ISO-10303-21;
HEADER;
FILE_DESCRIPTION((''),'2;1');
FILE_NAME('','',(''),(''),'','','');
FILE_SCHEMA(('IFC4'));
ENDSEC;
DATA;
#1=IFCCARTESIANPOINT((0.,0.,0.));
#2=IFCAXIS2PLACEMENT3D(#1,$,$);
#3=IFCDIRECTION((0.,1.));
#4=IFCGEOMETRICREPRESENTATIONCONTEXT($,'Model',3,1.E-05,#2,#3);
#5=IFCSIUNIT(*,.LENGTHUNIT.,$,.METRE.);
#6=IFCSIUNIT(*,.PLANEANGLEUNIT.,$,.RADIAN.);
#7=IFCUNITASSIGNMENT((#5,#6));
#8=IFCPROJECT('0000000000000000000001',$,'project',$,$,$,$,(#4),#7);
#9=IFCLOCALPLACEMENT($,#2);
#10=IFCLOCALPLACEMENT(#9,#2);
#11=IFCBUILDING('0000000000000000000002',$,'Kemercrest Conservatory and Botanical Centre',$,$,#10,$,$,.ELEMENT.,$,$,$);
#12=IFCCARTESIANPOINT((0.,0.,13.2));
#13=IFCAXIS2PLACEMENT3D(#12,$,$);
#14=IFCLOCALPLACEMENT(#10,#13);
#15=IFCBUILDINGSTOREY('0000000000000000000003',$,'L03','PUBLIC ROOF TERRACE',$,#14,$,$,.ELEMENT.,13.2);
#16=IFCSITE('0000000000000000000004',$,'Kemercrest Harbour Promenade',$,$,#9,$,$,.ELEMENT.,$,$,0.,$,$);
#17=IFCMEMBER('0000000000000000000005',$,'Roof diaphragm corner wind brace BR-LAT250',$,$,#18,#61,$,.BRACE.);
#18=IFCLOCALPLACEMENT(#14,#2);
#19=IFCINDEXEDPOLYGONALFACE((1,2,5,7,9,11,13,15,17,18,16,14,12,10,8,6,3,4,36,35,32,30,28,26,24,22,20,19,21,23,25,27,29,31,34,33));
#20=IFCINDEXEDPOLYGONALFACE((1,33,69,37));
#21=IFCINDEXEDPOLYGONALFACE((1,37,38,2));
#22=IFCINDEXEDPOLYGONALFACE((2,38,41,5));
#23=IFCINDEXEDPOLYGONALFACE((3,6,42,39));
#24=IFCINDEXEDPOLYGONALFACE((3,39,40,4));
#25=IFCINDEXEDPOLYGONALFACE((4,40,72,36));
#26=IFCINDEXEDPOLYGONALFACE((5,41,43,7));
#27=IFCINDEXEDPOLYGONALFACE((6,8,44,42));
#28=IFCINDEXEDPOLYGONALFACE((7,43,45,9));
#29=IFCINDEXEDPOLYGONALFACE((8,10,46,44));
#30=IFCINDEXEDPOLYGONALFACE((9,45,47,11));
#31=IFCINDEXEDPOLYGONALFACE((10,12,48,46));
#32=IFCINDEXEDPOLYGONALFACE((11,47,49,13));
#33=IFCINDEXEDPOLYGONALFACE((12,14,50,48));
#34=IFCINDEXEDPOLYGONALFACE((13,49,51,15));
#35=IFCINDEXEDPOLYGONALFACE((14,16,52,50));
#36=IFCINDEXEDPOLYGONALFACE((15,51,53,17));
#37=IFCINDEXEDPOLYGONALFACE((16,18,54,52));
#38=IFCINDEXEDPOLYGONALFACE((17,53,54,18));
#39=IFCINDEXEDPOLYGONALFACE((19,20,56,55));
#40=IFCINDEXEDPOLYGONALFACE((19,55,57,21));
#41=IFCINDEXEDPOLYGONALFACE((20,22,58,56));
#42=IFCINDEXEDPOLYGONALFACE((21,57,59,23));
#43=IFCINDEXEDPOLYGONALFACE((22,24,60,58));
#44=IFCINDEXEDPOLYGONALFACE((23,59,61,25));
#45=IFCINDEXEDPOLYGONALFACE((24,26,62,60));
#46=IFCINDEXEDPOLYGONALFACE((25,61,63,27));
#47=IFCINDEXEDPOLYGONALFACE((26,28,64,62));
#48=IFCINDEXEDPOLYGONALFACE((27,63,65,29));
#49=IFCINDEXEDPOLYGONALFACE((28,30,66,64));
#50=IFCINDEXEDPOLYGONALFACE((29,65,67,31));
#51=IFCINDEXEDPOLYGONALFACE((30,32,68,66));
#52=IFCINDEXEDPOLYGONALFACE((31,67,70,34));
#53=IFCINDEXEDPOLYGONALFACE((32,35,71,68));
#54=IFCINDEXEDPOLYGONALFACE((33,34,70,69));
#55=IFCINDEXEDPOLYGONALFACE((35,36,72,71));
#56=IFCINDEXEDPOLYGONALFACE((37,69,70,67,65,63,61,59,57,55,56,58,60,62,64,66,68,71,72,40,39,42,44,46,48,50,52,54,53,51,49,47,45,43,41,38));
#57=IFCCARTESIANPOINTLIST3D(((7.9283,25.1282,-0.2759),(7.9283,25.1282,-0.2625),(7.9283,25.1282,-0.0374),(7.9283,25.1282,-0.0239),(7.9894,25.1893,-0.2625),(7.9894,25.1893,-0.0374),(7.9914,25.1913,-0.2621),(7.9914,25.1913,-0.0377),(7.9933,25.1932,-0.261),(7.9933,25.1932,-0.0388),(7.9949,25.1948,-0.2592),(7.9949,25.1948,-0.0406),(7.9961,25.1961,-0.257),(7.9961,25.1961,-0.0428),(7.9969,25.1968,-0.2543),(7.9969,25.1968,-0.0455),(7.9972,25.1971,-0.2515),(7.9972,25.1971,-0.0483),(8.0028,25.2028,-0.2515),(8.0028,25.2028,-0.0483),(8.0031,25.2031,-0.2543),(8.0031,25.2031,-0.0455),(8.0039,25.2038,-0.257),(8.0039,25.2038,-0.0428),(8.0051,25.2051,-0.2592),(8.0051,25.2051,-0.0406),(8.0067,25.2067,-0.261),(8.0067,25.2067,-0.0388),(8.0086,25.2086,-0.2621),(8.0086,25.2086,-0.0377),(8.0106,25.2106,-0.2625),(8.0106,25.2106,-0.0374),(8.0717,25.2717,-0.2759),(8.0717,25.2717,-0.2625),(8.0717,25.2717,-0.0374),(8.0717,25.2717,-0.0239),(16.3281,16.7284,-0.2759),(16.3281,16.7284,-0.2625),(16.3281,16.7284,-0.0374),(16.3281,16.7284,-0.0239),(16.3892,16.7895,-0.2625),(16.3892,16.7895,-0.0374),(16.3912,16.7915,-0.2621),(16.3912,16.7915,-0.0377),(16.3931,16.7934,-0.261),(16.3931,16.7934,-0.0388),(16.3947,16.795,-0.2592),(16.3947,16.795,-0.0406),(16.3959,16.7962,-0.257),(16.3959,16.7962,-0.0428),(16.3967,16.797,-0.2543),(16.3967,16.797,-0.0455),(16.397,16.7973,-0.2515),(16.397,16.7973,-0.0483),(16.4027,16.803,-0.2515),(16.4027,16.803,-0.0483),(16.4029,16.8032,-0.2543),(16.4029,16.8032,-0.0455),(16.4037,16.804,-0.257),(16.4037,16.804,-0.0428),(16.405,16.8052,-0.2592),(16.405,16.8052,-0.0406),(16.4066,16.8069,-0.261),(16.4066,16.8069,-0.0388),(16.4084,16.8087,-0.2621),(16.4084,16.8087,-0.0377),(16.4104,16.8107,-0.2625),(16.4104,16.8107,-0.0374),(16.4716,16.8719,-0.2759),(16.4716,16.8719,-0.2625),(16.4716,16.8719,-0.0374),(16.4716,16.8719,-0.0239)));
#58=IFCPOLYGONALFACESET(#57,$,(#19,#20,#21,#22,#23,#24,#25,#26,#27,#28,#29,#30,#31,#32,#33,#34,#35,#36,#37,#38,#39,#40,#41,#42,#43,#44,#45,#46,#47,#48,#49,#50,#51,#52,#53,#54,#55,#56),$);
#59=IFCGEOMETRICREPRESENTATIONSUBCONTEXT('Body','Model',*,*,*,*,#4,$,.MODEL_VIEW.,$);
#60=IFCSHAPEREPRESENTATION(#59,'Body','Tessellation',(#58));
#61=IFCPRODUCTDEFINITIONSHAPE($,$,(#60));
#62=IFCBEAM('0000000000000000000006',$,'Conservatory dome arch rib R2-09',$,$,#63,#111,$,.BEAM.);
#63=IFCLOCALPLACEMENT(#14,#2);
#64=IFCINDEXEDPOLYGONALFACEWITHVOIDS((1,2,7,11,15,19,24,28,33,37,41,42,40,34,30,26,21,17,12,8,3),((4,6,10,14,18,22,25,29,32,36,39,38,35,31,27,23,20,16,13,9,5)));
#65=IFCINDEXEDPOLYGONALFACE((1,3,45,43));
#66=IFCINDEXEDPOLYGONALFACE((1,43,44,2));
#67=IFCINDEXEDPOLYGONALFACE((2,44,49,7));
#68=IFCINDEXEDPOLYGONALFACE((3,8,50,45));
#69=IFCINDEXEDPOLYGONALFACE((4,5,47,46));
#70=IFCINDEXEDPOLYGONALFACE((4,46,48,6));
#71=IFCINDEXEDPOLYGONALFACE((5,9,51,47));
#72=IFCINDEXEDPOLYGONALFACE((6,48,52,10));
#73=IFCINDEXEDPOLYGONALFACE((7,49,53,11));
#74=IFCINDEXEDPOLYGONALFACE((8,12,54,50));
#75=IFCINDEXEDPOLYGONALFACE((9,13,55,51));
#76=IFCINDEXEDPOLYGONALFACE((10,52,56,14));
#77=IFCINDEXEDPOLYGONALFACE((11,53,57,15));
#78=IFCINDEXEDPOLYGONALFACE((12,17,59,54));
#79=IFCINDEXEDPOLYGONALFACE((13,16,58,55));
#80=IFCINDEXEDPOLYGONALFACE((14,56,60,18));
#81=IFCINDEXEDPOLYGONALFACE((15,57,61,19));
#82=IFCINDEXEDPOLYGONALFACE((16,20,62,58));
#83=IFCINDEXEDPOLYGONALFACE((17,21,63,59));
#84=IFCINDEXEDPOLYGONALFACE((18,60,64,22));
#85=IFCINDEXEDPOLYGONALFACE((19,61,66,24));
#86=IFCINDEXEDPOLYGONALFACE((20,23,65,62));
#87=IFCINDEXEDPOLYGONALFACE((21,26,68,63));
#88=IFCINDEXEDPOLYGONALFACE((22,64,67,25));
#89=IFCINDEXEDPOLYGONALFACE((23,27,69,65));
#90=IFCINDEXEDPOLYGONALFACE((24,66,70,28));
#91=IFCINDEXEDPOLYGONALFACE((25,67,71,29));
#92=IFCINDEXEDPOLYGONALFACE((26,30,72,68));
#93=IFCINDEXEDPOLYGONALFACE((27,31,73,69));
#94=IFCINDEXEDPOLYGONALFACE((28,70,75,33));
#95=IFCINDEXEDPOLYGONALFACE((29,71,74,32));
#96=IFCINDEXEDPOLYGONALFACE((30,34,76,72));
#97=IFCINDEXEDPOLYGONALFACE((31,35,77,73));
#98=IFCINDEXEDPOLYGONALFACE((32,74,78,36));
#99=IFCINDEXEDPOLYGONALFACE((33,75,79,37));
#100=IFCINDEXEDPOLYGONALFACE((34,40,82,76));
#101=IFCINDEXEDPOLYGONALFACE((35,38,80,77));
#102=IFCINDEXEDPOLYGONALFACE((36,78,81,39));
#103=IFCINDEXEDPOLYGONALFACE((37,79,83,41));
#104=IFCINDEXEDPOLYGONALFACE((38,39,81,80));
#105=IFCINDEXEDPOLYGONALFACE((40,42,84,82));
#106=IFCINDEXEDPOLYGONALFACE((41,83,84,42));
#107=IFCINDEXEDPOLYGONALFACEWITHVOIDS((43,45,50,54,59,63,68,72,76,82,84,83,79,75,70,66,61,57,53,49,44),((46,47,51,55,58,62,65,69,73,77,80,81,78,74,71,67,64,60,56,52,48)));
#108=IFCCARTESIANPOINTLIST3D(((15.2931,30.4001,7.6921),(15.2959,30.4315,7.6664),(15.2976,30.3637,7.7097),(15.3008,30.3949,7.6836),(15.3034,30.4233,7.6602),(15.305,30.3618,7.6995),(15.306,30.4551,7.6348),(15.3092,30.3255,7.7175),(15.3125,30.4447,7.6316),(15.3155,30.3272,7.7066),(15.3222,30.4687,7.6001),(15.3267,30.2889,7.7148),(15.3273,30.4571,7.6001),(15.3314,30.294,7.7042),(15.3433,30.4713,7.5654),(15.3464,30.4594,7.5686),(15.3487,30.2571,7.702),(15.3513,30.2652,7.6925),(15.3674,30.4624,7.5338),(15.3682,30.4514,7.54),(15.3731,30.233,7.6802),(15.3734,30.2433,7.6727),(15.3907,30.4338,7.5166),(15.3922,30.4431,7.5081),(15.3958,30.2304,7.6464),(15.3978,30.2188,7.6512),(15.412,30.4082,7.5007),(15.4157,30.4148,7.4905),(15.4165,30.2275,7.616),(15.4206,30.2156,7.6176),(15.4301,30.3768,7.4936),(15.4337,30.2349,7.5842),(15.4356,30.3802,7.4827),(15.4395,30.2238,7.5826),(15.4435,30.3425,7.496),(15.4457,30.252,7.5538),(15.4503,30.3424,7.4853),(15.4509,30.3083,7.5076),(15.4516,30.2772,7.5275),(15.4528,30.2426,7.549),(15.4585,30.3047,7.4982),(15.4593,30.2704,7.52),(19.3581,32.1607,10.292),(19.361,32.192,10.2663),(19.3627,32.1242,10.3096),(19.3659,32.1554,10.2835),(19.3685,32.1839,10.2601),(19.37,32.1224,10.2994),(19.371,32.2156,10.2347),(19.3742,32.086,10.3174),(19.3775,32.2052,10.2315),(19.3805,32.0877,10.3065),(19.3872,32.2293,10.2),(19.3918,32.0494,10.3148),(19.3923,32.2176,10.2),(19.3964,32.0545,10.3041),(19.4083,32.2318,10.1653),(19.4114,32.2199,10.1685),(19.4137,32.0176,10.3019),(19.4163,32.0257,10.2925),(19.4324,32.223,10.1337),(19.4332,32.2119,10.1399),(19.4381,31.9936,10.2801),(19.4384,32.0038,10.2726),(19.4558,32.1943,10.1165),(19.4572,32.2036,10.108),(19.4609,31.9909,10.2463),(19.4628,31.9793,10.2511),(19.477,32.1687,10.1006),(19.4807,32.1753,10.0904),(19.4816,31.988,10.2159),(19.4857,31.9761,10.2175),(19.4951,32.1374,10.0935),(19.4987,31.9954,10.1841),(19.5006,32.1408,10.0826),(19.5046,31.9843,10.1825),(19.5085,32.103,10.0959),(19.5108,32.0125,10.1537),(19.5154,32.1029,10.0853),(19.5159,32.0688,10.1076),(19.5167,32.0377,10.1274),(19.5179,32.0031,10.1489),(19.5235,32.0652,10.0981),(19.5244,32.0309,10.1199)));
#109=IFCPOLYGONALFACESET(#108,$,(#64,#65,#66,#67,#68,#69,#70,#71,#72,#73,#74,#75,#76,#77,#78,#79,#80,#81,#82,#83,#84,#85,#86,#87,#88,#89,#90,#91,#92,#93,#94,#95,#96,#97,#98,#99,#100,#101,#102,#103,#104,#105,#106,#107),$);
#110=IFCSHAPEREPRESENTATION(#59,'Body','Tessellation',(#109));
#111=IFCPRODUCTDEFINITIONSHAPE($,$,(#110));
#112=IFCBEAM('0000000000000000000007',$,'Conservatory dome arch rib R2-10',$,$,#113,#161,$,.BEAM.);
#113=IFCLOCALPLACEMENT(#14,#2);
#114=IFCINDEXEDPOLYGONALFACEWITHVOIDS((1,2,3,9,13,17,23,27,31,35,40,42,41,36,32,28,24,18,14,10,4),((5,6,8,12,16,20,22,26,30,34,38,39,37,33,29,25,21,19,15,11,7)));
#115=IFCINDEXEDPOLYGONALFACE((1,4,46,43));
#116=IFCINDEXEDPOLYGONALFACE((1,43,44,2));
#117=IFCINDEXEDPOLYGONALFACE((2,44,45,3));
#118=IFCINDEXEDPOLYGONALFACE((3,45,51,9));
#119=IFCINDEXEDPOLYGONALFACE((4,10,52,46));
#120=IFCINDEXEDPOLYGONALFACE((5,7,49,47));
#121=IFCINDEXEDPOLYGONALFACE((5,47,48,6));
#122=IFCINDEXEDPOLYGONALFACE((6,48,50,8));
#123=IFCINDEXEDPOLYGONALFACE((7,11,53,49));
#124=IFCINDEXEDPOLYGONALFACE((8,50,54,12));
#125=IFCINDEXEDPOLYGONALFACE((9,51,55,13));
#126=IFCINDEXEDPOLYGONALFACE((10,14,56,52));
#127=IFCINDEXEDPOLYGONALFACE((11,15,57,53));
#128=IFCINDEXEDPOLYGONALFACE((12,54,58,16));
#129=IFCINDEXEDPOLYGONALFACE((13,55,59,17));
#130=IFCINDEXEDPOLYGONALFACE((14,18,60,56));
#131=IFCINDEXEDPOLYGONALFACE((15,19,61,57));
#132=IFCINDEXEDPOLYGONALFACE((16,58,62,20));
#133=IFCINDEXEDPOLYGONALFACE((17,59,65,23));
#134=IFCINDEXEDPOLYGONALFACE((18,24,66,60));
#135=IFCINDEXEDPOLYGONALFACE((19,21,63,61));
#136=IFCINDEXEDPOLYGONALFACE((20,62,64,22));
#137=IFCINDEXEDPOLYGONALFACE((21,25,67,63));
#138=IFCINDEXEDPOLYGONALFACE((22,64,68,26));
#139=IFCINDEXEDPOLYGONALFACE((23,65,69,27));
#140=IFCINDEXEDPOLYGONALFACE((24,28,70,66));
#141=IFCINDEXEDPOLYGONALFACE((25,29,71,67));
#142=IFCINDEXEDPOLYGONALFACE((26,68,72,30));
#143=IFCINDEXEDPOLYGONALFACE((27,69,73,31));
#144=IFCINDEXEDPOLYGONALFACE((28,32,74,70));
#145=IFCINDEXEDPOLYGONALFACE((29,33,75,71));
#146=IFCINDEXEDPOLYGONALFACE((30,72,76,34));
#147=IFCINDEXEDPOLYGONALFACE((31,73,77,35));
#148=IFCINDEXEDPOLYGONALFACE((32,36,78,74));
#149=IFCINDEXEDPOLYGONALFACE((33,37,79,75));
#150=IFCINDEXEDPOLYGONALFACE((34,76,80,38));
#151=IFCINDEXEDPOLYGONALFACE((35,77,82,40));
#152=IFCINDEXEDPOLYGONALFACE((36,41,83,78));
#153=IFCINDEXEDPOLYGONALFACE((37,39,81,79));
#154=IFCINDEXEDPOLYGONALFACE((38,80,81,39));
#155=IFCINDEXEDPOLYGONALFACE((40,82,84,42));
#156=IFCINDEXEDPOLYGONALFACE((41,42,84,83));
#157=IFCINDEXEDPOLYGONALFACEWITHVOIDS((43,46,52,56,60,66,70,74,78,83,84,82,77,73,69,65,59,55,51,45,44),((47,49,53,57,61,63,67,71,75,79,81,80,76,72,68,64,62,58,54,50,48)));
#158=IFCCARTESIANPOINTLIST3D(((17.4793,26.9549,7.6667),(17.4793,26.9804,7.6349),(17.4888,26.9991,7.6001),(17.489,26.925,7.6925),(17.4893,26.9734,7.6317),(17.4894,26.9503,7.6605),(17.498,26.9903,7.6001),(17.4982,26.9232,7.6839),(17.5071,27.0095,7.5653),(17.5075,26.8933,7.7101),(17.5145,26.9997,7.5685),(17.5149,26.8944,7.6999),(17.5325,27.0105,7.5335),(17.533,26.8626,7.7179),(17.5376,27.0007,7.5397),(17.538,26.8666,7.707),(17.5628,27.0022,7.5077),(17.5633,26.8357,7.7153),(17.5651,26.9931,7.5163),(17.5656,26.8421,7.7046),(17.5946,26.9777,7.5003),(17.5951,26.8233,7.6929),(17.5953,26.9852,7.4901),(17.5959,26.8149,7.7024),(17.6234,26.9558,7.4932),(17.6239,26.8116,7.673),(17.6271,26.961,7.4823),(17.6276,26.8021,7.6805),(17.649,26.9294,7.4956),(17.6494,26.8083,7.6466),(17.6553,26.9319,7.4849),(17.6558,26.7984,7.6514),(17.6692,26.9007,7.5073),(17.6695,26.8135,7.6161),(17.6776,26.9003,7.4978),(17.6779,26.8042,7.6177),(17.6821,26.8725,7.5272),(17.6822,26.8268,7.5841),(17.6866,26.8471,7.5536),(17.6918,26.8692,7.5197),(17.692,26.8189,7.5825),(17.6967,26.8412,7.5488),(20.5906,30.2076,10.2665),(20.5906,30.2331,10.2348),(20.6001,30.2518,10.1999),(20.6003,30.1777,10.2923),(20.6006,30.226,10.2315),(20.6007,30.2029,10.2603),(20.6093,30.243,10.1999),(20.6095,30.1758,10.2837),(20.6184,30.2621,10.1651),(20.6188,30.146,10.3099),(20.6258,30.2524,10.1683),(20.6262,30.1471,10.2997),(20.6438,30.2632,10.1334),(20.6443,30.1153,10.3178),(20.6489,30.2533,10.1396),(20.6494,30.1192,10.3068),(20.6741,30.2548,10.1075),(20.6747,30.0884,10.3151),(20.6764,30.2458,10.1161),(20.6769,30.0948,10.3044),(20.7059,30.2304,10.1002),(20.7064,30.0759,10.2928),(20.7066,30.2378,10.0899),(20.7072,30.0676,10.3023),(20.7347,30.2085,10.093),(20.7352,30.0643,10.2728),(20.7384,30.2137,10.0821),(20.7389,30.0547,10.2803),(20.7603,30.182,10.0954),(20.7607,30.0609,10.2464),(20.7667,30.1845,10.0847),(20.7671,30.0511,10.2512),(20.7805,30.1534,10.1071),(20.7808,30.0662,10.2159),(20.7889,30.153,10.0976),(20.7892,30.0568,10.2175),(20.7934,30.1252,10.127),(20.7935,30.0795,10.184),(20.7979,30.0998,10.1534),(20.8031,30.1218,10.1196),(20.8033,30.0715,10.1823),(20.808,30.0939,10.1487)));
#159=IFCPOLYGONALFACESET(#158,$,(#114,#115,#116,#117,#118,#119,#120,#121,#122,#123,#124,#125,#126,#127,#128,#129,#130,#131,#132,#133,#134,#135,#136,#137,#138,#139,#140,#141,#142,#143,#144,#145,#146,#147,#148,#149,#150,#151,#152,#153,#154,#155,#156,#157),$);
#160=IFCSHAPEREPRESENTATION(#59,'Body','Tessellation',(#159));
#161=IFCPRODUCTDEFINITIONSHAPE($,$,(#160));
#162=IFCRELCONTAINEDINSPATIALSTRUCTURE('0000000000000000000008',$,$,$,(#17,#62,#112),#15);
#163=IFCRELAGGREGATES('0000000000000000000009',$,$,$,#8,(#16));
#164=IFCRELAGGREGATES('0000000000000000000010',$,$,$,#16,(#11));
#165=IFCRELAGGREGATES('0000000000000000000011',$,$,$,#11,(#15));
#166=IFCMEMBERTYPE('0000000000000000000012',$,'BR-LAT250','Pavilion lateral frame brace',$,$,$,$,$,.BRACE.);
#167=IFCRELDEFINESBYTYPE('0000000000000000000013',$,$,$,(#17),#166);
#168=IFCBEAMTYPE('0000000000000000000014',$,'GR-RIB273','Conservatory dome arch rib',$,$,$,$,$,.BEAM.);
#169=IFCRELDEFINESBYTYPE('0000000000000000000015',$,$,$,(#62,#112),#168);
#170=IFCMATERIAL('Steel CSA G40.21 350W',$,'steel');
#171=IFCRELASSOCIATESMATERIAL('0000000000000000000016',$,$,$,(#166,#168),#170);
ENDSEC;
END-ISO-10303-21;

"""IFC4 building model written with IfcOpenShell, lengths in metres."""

from ifc_helpers import new_model, si_unit, direction, frame, origin, origin_2d, place, context, subcontext, project, spatial, hollow_circle, i_section, extrude, material, material_profile, profile_set, type_object, element, save


model = new_model("IFC4")

# Units and contexts
model_context = context("Model", 3, precision=1e-05, world=origin(), true_north=direction((0.0, 1.0)))
body_context = subcontext(model_context, "Body", "Model", "MODEL_VIEW")
ifc_project = project(units=[si_unit("LENGTHUNIT", "METRE"), si_unit("PLANEANGLEUNIT", "RADIAN")], contexts=[model_context])

# Site, building, storey
site_placement = place(None, origin())
site = spatial("IfcSite", under=ifc_project, at=site_placement, Name="Kemercrest Harbour Promenade", CompositionType="ELEMENT", RefElevation=0.0)
building_placement = place(site_placement, origin())
building = spatial("IfcBuilding", under=site, at=building_placement, Name="Kemercrest Conservatory and Botanical Centre", CompositionType="ELEMENT")
storey_placement = place(building_placement, frame((0.0, 0.0, 13.2)))
storey = spatial("IfcBuildingStorey", under=building, at=storey_placement, Name="L03", Description="PUBLIC ROOF TERRACE", CompositionType="ELEMENT", Elevation=13.2)

# Member
ifc_material_1 = material(Name="Steel CSA G40.21 350W", Category="steel")
ifc_material_profile_1 = material_profile(ifc_material_1, i_section(OverallWidth=0.2029, OverallDepth=0.252, WebThickness=0.0081, FlangeThickness=0.0134, FilletRadius=0.011, at=origin_2d()), Name="W250X58")
ifc_profile_set_1 = profile_set([ifc_material_profile_1], Name="Steel CSA G40.21 350W")
member_type_1 = type_object("IfcMemberType", Name="BR-LAT250", Description="Pavilion lateral frame brace", PredefinedType="BRACE", material=ifc_profile_set_1)
member_1_placement = place(storey_placement, frame((8.0, 25.2, -0.1499), z_axis=(0.707107, -0.707107, 0.0), x_axis=(0.707107, 0.707107, 0.0)))
element("IfcMember", 1, at=member_1_placement, inside=storey, type_object=member_type_1, Name="Roof diaphragm corner wind brace BR-LAT250", PredefinedType="BRACE", context=body_context, shape_type="SweptSolid", body=[
    extrude(i_section(OverallWidth=0.2029, OverallDepth=0.252, WebThickness=0.0081, FlangeThickness=0.0134, FilletRadius=0.011, at=origin_2d()), origin(), (0.0, 0.0, 1.0), 11.8792),
])

# Beams
ifc_material_profile_2 = material_profile(ifc_material_1, hollow_circle(Radius=0.1365, WallThickness=0.0127, at=origin_2d()), Name="CHS 273.1x12.7")
ifc_profile_set_2 = profile_set([ifc_material_profile_2], Name="Steel CSA G40.21 350W")
beam_type_1 = type_object("IfcBeamType", Name="GR-RIB273", Description="Conservatory dome arch rib", PredefinedType="BEAM", material=ifc_profile_set_2)
beam_1_placement = place(storey_placement, frame((15.3765, 30.3435, 7.6001), z_axis=(0.791403, 0.342751, 0.506165), x_axis=(-0.397422, 0.917636, 0.0)))
element("IfcBeam", 2, at=beam_1_placement, inside=storey, type_object=beam_type_1, Name="Conservatory dome arch rib R2-09", PredefinedType="BEAM", context=body_context, shape_type="SweptSolid", body=[
    extrude(hollow_circle(Radius=0.1365, WallThickness=0.0127, at=origin_2d()), origin(), (0.0, 0.0, 1.0), 5.1365),
])
beam_2_placement = place(storey_placement, frame((17.5874, 26.9048, 7.6001), z_axis=(0.598559, 0.625753, 0.500161), x_axis=(-0.722635, 0.69123, 0.0)))
element("IfcBeam", 3, at=beam_2_placement, inside=storey, type_object=beam_type_1, Name="Conservatory dome arch rib R2-10", PredefinedType="BEAM", context=body_context, shape_type="SweptSolid", body=[
    extrude(hollow_circle(Radius=0.1365, WallThickness=0.0127, at=origin_2d()), origin(), (0.0, 0.0, 1.0), 5.198),
])

save(model, "model.ifc")
